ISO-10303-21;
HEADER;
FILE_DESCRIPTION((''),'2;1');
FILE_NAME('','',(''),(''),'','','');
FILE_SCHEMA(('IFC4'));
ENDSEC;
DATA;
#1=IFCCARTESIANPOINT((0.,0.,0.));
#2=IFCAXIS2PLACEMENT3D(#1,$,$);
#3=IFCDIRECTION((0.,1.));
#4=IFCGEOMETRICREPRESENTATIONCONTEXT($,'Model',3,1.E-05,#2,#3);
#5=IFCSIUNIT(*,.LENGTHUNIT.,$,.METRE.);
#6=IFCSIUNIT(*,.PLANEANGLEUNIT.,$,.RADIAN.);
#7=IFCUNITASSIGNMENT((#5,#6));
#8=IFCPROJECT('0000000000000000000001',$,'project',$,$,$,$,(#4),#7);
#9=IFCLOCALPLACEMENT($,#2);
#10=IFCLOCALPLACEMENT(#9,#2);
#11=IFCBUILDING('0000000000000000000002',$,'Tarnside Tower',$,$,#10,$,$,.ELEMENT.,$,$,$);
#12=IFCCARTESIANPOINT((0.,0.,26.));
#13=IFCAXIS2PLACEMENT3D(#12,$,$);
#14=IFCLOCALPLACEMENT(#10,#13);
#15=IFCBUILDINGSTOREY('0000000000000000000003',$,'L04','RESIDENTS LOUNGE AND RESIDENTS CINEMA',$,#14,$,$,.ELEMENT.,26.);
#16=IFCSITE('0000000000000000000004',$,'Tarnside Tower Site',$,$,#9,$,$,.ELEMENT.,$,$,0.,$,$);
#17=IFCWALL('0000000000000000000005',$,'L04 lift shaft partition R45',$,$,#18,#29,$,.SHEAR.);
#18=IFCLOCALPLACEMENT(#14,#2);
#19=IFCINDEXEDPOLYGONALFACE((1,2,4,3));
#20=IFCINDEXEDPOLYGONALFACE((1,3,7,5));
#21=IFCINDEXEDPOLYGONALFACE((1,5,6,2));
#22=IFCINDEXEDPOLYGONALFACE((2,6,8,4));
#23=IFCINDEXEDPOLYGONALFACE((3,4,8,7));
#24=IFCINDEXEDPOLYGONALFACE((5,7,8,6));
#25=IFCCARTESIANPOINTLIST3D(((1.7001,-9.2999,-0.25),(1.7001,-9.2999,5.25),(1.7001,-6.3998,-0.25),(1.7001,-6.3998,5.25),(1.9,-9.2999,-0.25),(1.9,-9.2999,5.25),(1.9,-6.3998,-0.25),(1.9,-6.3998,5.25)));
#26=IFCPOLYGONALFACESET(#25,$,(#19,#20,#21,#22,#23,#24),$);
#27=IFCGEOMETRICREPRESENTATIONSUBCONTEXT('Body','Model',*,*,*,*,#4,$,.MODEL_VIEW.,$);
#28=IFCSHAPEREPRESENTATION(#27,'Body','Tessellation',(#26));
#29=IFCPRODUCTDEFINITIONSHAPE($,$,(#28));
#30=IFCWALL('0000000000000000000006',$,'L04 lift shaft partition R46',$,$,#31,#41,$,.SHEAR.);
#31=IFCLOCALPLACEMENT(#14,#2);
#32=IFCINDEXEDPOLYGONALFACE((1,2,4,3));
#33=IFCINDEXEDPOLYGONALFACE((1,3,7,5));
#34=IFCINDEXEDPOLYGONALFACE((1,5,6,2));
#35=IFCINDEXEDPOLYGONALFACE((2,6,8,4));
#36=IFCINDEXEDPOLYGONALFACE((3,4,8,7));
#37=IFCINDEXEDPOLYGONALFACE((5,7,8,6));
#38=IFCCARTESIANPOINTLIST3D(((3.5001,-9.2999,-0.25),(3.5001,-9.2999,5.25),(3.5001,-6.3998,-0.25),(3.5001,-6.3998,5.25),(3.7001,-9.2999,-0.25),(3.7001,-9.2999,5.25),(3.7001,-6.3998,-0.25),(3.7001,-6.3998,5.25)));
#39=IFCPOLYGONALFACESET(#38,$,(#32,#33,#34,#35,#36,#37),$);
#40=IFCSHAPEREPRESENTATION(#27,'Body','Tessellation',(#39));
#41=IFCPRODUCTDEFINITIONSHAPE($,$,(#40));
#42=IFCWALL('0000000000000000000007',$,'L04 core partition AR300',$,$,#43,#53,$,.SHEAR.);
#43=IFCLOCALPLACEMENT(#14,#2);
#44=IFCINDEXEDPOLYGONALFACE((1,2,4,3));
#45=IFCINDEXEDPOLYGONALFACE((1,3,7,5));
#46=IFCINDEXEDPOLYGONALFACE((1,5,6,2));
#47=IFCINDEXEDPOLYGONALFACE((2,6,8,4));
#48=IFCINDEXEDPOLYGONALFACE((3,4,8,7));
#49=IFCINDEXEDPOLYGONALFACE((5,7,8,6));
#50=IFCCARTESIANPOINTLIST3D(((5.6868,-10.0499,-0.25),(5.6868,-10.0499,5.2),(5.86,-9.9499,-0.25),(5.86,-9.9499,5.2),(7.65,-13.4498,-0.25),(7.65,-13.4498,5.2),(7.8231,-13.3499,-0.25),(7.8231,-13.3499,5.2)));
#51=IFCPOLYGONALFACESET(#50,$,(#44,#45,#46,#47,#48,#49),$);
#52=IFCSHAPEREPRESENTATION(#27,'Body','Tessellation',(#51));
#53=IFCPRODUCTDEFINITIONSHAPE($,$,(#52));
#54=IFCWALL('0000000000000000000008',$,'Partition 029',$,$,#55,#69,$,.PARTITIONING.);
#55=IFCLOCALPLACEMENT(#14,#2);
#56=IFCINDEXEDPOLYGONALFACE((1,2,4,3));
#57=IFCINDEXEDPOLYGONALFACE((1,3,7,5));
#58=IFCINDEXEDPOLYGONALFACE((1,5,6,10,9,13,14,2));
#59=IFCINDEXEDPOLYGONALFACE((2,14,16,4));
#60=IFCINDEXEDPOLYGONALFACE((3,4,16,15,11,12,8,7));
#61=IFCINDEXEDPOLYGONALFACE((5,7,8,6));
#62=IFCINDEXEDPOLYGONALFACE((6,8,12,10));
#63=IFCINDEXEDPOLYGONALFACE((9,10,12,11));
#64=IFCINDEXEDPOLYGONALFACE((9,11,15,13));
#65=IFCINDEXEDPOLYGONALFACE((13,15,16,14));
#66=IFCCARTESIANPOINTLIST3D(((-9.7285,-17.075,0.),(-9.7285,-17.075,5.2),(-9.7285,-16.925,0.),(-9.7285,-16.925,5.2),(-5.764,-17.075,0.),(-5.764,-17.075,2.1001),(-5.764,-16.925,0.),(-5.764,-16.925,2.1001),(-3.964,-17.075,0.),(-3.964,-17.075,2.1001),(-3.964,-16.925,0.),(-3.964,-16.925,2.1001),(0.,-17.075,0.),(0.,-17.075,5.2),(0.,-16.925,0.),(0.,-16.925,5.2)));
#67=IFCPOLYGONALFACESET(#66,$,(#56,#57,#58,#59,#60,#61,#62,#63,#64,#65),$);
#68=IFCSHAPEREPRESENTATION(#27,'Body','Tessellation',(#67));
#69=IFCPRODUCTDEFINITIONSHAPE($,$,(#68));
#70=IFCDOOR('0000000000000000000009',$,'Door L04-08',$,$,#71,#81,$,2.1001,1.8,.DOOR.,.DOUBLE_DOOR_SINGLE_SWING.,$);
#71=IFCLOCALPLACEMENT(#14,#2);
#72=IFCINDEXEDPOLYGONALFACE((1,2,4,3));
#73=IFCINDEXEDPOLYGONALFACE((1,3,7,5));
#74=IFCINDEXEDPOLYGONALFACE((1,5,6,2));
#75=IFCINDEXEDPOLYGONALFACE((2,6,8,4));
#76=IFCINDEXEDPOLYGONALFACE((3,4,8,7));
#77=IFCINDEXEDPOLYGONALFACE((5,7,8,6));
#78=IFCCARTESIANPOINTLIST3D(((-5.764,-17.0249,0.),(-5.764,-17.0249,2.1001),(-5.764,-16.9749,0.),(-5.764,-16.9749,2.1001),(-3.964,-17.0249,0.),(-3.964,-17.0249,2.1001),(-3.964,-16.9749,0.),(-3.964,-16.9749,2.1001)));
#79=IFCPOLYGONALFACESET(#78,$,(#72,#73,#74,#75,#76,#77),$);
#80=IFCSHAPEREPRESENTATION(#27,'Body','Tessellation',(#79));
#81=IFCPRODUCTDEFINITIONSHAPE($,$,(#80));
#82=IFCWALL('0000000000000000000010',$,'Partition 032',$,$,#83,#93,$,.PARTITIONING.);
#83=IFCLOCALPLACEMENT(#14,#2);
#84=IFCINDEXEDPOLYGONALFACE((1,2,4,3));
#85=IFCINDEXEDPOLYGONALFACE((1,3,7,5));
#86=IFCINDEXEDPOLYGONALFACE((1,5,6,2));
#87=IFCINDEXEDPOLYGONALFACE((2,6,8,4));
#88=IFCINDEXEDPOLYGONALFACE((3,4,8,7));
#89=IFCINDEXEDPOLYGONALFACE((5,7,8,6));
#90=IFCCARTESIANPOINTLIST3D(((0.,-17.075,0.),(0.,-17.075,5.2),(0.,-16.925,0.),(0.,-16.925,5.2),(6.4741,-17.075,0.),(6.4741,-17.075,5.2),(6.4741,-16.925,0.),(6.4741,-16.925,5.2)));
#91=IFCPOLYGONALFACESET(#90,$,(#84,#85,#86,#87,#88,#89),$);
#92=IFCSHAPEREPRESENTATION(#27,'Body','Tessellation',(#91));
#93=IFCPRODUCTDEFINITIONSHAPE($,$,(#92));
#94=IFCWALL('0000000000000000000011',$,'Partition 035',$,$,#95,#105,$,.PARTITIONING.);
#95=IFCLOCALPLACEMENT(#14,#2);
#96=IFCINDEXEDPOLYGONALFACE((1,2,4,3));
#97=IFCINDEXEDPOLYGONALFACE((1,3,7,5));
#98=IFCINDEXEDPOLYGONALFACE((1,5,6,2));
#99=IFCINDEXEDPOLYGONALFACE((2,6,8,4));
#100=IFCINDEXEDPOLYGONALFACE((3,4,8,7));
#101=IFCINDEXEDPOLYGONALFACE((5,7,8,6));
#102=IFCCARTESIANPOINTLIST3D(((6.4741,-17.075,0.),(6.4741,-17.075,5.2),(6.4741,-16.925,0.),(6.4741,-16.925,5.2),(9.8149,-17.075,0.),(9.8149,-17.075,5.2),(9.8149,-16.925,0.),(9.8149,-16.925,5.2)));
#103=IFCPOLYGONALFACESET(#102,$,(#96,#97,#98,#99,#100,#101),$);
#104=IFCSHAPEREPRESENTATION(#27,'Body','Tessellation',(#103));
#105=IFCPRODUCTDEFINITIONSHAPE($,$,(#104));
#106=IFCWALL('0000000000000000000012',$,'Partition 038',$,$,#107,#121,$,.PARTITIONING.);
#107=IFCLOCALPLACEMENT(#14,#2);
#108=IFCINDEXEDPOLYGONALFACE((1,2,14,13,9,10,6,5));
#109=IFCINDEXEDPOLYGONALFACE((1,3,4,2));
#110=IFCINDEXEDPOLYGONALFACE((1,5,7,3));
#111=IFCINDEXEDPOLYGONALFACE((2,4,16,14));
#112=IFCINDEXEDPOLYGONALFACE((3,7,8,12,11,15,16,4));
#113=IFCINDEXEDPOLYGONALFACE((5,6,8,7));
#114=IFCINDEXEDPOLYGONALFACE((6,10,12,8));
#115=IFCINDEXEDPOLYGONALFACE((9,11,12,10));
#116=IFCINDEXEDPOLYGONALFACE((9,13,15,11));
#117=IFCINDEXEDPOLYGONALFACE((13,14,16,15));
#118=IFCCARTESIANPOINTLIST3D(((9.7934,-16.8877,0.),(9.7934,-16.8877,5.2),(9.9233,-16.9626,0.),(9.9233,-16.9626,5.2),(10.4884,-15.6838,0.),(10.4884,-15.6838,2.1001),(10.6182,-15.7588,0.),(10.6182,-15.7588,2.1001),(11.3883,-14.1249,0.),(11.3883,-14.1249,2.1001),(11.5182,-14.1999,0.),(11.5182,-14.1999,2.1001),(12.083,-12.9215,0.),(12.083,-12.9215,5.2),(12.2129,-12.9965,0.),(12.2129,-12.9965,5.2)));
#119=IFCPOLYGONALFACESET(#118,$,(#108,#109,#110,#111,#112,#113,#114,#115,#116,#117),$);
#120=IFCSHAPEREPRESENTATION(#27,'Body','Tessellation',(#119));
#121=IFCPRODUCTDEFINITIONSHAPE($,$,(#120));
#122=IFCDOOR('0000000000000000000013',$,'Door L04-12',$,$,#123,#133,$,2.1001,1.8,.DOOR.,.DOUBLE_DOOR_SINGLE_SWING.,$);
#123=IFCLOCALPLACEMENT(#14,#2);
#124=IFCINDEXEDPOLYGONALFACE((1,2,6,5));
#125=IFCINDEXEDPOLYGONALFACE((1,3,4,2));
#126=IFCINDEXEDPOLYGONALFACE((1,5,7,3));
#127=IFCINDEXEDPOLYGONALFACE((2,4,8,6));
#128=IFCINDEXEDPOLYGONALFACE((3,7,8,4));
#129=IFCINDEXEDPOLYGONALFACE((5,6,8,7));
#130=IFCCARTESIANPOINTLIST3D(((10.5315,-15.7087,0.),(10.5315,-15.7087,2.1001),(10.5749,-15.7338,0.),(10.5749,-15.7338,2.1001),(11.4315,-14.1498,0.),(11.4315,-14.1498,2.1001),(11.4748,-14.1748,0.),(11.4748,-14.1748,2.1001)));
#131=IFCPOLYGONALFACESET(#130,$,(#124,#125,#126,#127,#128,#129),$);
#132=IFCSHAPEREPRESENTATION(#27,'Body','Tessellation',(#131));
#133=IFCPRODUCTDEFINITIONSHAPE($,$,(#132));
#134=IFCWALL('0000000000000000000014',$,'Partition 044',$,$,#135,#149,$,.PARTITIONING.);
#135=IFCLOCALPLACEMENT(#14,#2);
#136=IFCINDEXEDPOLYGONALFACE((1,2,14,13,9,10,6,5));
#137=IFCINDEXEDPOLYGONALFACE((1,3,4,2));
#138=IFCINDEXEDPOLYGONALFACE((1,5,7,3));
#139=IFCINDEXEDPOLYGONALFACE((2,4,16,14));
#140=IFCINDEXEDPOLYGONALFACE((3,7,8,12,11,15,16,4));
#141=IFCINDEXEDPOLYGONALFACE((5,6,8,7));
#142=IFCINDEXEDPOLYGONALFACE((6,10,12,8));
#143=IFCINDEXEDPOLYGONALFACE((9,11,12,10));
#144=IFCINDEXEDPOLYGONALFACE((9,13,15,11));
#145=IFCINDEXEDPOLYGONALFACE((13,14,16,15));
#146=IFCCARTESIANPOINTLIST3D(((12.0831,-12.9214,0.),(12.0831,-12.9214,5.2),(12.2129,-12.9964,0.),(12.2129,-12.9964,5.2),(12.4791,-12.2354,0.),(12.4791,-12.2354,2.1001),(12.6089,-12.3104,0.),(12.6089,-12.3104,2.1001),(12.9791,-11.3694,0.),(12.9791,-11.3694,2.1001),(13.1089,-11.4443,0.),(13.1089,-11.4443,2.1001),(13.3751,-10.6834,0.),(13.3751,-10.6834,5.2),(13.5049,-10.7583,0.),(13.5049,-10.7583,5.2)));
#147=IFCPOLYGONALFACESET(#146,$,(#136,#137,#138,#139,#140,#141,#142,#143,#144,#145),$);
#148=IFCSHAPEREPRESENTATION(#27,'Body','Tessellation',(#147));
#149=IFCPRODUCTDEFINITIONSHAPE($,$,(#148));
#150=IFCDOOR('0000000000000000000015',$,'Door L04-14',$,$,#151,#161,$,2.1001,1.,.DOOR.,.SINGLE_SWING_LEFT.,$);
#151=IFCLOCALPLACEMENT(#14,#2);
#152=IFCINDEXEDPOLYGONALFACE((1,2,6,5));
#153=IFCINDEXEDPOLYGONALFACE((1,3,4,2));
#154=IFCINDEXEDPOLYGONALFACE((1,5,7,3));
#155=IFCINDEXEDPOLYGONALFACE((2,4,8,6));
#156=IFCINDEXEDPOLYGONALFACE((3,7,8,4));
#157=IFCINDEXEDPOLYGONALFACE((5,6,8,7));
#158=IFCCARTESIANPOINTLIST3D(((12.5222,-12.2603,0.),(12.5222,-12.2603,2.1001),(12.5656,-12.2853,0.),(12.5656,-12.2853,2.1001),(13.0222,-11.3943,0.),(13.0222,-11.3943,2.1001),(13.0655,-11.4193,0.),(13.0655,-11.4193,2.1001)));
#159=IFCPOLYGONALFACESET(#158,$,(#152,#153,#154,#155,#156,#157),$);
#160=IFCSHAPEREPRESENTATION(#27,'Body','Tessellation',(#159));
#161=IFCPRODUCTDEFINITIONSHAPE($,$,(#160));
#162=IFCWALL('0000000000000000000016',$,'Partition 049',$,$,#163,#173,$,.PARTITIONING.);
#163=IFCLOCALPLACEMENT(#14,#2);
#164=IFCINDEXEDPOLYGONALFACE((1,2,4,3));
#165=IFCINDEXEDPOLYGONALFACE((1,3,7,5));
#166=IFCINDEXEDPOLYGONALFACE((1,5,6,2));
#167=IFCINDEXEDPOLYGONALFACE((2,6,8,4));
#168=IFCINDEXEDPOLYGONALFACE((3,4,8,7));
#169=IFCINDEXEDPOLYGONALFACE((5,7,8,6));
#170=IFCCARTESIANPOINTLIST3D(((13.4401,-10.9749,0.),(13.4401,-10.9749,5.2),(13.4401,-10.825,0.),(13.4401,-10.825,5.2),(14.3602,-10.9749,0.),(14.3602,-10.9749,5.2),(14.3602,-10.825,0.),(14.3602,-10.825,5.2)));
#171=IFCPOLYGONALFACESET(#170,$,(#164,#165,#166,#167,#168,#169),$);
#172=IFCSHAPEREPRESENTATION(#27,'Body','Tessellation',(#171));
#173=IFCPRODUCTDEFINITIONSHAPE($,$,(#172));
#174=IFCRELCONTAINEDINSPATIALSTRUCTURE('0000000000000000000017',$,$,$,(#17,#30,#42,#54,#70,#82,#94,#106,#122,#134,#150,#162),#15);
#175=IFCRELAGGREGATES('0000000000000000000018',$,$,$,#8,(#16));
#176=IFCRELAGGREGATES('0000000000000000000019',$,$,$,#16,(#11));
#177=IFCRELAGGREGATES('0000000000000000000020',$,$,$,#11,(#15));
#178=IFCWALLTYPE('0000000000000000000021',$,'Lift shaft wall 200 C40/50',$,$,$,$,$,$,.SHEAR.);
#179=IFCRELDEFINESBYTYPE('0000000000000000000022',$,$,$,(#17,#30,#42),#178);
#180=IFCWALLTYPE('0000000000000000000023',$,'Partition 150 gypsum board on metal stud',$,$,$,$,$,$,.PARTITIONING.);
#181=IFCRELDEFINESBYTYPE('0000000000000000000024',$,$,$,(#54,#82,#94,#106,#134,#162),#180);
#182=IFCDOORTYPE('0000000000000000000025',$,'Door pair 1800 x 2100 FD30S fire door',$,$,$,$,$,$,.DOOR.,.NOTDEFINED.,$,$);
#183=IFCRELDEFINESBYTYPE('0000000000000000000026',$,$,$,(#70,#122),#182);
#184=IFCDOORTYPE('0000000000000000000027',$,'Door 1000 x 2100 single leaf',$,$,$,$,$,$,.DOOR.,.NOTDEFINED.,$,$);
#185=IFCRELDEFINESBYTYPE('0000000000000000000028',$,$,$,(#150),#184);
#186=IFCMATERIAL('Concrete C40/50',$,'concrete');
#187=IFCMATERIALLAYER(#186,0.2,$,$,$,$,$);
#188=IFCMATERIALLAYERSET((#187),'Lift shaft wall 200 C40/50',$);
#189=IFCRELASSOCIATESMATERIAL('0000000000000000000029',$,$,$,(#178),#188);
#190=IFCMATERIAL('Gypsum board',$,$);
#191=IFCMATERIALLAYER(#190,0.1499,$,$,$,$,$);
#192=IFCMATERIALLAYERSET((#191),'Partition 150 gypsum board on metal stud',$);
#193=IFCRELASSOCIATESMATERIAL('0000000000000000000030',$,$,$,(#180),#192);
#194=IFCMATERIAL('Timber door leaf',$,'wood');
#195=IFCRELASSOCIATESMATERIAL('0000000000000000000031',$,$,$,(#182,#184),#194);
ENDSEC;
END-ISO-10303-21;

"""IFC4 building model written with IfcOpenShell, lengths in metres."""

from ifc_helpers import new_model, si_unit, direction, frame, frame_2d, origin, place, context, subcontext, project, spatial, rectangle, extrude, material, layer, layer_set, type_object, element, fill, save


model = new_model("IFC4")

# Units and contexts
model_context = context("Model", 3, precision=1e-05, world=origin(), true_north=direction((0.0, 1.0)))
body_context = subcontext(model_context, "Body", "Model", "MODEL_VIEW")
ifc_project = project(units=[si_unit("LENGTHUNIT", "METRE"), si_unit("PLANEANGLEUNIT", "RADIAN")], contexts=[model_context])

# Site, building, storey
site_placement = place(None, origin())
site = spatial("IfcSite", under=ifc_project, at=site_placement, Name="Tarnside Tower Site", CompositionType="ELEMENT", RefElevation=0.0)
building_placement = place(site_placement, origin())
building = spatial("IfcBuilding", under=site, at=building_placement, Name="Tarnside Tower", CompositionType="ELEMENT")
storey_placement = place(building_placement, frame((0.0, 0.0, 26.0)))
storey = spatial("IfcBuildingStorey", under=building, at=storey_placement, Name="L04", Description="RESIDENTS LOUNGE AND RESIDENTS CINEMA", CompositionType="ELEMENT", Elevation=26.0)

# Walls
ifc_material_1 = material(Name="Concrete C40/50", Category="concrete")
ifc_layer_1 = layer(ifc_material_1, 0.2)
ifc_layer_set_1 = layer_set([ifc_layer_1], Name="Lift shaft wall 200 C40/50")
wall_type_1 = type_object("IfcWallType", Name="Lift shaft wall 200 C40/50", PredefinedType="SHEAR", material=ifc_layer_set_1)
for number, where, z_axis, x_axis, name in (
    (1, (1.8, -9.3, -0.25), (0.0, 0.0, 1.0), (0.0, 1.0, 0.0), "L04 lift shaft partition R45"),
    (2, (3.6001, -9.3, -0.25), (0.0, 0.0, 1.0), (0.0, 1.0, 0.0), "L04 lift shaft partition R46"),
):
    element("IfcWall", number, at=place(storey_placement, frame(where, z_axis=z_axis, x_axis=x_axis)), inside=storey, type_object=wall_type_1, Name=name, PredefinedType="SHEAR", context=body_context, shape_type="SweptSolid", body=[
        extrude(rectangle(XDim=2.9001, YDim=0.2, at=frame_2d((1.4502, 0.0))), origin(), (0.0, 0.0, 1.0), 5.5),
    ])
wall_1_placement = place(storey_placement, frame((5.7734, -10.0, -0.25), z_axis=(0.0, 0.0, 1.0), x_axis=(0.500038, -0.866003, 0.0)))
element("IfcWall", 3, at=wall_1_placement, inside=storey, type_object=wall_type_1, Name="L04 core partition AR300", PredefinedType="SHEAR", context=body_context, shape_type="SweptSolid", body=[
    extrude(rectangle(XDim=3.926, YDim=0.2, at=frame_2d((1.9629, 0.0))), origin(), (0.0, 0.0, 1.0), 5.45),
])

# Wall, opening, door
ifc_material_2 = material(Name="Gypsum board")
ifc_layer_2 = layer(ifc_material_2, 0.1499)
ifc_layer_set_2 = layer_set([ifc_layer_2], Name="Partition 150 gypsum board on metal stud")
wall_type_2 = type_object("IfcWallType", Name="Partition 150 gypsum board on metal stud", PredefinedType="PARTITIONING", material=ifc_layer_set_2)
wall_2_placement = place(storey_placement, frame((0.0, -17.0, 0.0), z_axis=(0.0, 0.0, 1.0), x_axis=(-1.0, 0.0, 0.0)))
wall_2 = element("IfcWall", 4, at=wall_2_placement, inside=storey, type_object=wall_type_2, Name="Partition 029", PredefinedType="PARTITIONING", context=body_context, shape_type="SweptSolid", body=[
    extrude(rectangle(XDim=9.7285, YDim=0.1499, at=frame_2d((4.8643, 0.0))), origin(), (0.0, 0.0, 1.0), 5.2),
])
opening_1_placement = place(wall_2_placement, frame((3.9641, 0.0, 0.0)))
opening_1 = element("IfcOpeningElement", 5, at=opening_1_placement, cuts=wall_2, PredefinedType="OPENING", context=body_context, shape_type="SweptSolid", body=[
    extrude(rectangle(XDim=1.8, YDim=2.1001, at=frame_2d((0.8999, 1.05))), frame((0.0, 0.085, 0.0), z_axis=(0.0, -1.0, 0.0), x_axis=(1.0, 0.0, 0.0)), (0.0, 0.0, 1.0), 0.1699),
])
ifc_material_3 = material(Name="Timber door leaf", Category="wood")
door_type_1 = type_object("IfcDoorType", Name="Door pair 1800 x 2100 FD30S fire door", OperationType="NOTDEFINED", PredefinedType="DOOR", material=ifc_material_3)
door_1_placement = place(opening_1_placement, origin())
door_1 = element("IfcDoor", 6, at=door_1_placement, inside=storey, type_object=door_type_1, Name="Door L04-08", OperationType="DOUBLE_DOOR_SINGLE_SWING", OverallHeight=2.1001, OverallWidth=1.8, PredefinedType="DOOR", context=body_context, shape_type="SweptSolid", body=[
    extrude(rectangle(XDim=1.8, YDim=2.1001, at=frame_2d((0.8999, 1.05))), frame((0.0, 0.0249, 0.0), z_axis=(0.0, -1.0, 0.0), x_axis=(1.0, 0.0, 0.0)), (0.0, 0.0, 1.0), 0.05),
])
fill(opening_1, door_1)

# Walls
wall_3_placement = place(storey_placement, frame((0.0, -17.0, 0.0), z_axis=(0.0, 0.0, 1.0), x_axis=(1.0, 0.0, 0.0)))
element("IfcWall", 7, at=wall_3_placement, inside=storey, type_object=wall_type_2, Name="Partition 032", PredefinedType="PARTITIONING", context=body_context, shape_type="SweptSolid", body=[
    extrude(rectangle(XDim=6.4741, YDim=0.1499, at=frame_2d((3.2371, 0.0))), origin(), (0.0, 0.0, 1.0), 5.2),
])
wall_4_placement = place(storey_placement, frame((6.4741, -17.0, 0.0), z_axis=(0.0, 0.0, 1.0), x_axis=(1.0, 0.0, 0.0)))
element("IfcWall", 8, at=wall_4_placement, inside=storey, type_object=wall_type_2, Name="Partition 035", PredefinedType="PARTITIONING", context=body_context, shape_type="SweptSolid", body=[
    extrude(rectangle(XDim=3.3408, YDim=0.1499, at=frame_2d((1.6704, 0.0))), origin(), (0.0, 0.0, 1.0), 5.2),
])

# Walls, openings, doors
wall_5_placement = place(storey_placement, frame((12.1479, -12.959, 0.0), z_axis=(0.0, 0.0, 1.0), x_axis=(-0.499958, -0.86605, 0.0)))
wall_5 = element("IfcWall", 9, at=wall_5_placement, inside=storey, type_object=wall_type_2, Name="Partition 038", PredefinedType="PARTITIONING", context=body_context, shape_type="SweptSolid", body=[
    extrude(rectangle(XDim=4.5796, YDim=0.1499, at=frame_2d((2.2898, 0.0))), origin(), (0.0, 0.0, 1.0), 5.2),
])
opening_2_placement = place(wall_5_placement, frame((1.3896, 0.0, 0.0)))
opening_2 = element("IfcOpeningElement", 10, at=opening_2_placement, cuts=wall_5, PredefinedType="OPENING", context=body_context, shape_type="SweptSolid", body=[
    extrude(rectangle(XDim=1.8, YDim=2.1001, at=frame_2d((0.8999, 1.05))), frame((0.0, 0.085, 0.0), z_axis=(0.0, -1.0, 0.0), x_axis=(1.0, 0.0, 0.0)), (0.0, 0.0, 1.0), 0.1699),
])
door_2_placement = place(opening_2_placement, origin())
door_2 = element("IfcDoor", 11, at=door_2_placement, inside=storey, type_object=door_type_1, Name="Door L04-12", OperationType="DOUBLE_DOOR_SINGLE_SWING", OverallHeight=2.1001, OverallWidth=1.8, PredefinedType="DOOR", context=body_context, shape_type="SweptSolid", body=[
    extrude(rectangle(XDim=1.8, YDim=2.1001, at=frame_2d((0.8999, 1.05))), frame((0.0, 0.0249, 0.0), z_axis=(0.0, -1.0, 0.0), x_axis=(1.0, 0.0, 0.0)), (0.0, 0.0, 1.0), 0.05),
])
fill(opening_2, door_2)
wall_6_placement = place(storey_placement, frame((13.4399, -10.7209, 0.0), z_axis=(0.0, 0.0, 1.0), x_axis=(-0.49996, -0.866049, 0.0)))
wall_6 = element("IfcWall", 12, at=wall_6_placement, inside=storey, type_object=wall_type_2, Name="Partition 044", PredefinedType="PARTITIONING", context=body_context, shape_type="SweptSolid", body=[
    extrude(rectangle(XDim=2.5842, YDim=0.1499, at=frame_2d((1.292, 0.0))), origin(), (0.0, 0.0, 1.0), 5.2),
])
opening_3_placement = place(wall_6_placement, frame((0.792, 0.0, 0.0)))
opening_3 = element("IfcOpeningElement", 13, at=opening_3_placement, cuts=wall_6, PredefinedType="OPENING", context=body_context, shape_type="SweptSolid", body=[
    extrude(rectangle(XDim=1.0, YDim=2.1001, at=frame_2d((0.5, 1.05))), frame((0.0, 0.085, 0.0), z_axis=(0.0, -1.0, 0.0), x_axis=(1.0, 0.0, 0.0)), (0.0, 0.0, 1.0), 0.1699),
])
door_type_2 = type_object("IfcDoorType", Name="Door 1000 x 2100 single leaf", OperationType="NOTDEFINED", PredefinedType="DOOR", material=ifc_material_3)
door_3_placement = place(opening_3_placement, origin())
door_3 = element("IfcDoor", 14, at=door_3_placement, inside=storey, type_object=door_type_2, Name="Door L04-14", OperationType="SINGLE_SWING_LEFT", OverallHeight=2.1001, OverallWidth=1.0, PredefinedType="DOOR", context=body_context, shape_type="SweptSolid", body=[
    extrude(rectangle(XDim=1.0, YDim=2.1001, at=frame_2d((0.5, 1.05))), frame((0.0, 0.0249, 0.0), z_axis=(0.0, -1.0, 0.0), x_axis=(1.0, 0.0, 0.0)), (0.0, 0.0, 1.0), 0.05),
])
fill(opening_3, door_3)

# Wall
wall_7_placement = place(storey_placement, frame((14.3601, -10.8999, 0.0), z_axis=(0.0, 0.0, 1.0), x_axis=(-1.0, 0.0, 0.0)))
element("IfcWall", 15, at=wall_7_placement, inside=storey, type_object=wall_type_2, Name="Partition 049", PredefinedType="PARTITIONING", context=body_context, shape_type="SweptSolid", body=[
    extrude(rectangle(XDim=0.9202, YDim=0.1499, at=frame_2d((0.46, 0.0))), origin(), (0.0, 0.0, 1.0), 5.2),
])

save(model, "model.ifc")
